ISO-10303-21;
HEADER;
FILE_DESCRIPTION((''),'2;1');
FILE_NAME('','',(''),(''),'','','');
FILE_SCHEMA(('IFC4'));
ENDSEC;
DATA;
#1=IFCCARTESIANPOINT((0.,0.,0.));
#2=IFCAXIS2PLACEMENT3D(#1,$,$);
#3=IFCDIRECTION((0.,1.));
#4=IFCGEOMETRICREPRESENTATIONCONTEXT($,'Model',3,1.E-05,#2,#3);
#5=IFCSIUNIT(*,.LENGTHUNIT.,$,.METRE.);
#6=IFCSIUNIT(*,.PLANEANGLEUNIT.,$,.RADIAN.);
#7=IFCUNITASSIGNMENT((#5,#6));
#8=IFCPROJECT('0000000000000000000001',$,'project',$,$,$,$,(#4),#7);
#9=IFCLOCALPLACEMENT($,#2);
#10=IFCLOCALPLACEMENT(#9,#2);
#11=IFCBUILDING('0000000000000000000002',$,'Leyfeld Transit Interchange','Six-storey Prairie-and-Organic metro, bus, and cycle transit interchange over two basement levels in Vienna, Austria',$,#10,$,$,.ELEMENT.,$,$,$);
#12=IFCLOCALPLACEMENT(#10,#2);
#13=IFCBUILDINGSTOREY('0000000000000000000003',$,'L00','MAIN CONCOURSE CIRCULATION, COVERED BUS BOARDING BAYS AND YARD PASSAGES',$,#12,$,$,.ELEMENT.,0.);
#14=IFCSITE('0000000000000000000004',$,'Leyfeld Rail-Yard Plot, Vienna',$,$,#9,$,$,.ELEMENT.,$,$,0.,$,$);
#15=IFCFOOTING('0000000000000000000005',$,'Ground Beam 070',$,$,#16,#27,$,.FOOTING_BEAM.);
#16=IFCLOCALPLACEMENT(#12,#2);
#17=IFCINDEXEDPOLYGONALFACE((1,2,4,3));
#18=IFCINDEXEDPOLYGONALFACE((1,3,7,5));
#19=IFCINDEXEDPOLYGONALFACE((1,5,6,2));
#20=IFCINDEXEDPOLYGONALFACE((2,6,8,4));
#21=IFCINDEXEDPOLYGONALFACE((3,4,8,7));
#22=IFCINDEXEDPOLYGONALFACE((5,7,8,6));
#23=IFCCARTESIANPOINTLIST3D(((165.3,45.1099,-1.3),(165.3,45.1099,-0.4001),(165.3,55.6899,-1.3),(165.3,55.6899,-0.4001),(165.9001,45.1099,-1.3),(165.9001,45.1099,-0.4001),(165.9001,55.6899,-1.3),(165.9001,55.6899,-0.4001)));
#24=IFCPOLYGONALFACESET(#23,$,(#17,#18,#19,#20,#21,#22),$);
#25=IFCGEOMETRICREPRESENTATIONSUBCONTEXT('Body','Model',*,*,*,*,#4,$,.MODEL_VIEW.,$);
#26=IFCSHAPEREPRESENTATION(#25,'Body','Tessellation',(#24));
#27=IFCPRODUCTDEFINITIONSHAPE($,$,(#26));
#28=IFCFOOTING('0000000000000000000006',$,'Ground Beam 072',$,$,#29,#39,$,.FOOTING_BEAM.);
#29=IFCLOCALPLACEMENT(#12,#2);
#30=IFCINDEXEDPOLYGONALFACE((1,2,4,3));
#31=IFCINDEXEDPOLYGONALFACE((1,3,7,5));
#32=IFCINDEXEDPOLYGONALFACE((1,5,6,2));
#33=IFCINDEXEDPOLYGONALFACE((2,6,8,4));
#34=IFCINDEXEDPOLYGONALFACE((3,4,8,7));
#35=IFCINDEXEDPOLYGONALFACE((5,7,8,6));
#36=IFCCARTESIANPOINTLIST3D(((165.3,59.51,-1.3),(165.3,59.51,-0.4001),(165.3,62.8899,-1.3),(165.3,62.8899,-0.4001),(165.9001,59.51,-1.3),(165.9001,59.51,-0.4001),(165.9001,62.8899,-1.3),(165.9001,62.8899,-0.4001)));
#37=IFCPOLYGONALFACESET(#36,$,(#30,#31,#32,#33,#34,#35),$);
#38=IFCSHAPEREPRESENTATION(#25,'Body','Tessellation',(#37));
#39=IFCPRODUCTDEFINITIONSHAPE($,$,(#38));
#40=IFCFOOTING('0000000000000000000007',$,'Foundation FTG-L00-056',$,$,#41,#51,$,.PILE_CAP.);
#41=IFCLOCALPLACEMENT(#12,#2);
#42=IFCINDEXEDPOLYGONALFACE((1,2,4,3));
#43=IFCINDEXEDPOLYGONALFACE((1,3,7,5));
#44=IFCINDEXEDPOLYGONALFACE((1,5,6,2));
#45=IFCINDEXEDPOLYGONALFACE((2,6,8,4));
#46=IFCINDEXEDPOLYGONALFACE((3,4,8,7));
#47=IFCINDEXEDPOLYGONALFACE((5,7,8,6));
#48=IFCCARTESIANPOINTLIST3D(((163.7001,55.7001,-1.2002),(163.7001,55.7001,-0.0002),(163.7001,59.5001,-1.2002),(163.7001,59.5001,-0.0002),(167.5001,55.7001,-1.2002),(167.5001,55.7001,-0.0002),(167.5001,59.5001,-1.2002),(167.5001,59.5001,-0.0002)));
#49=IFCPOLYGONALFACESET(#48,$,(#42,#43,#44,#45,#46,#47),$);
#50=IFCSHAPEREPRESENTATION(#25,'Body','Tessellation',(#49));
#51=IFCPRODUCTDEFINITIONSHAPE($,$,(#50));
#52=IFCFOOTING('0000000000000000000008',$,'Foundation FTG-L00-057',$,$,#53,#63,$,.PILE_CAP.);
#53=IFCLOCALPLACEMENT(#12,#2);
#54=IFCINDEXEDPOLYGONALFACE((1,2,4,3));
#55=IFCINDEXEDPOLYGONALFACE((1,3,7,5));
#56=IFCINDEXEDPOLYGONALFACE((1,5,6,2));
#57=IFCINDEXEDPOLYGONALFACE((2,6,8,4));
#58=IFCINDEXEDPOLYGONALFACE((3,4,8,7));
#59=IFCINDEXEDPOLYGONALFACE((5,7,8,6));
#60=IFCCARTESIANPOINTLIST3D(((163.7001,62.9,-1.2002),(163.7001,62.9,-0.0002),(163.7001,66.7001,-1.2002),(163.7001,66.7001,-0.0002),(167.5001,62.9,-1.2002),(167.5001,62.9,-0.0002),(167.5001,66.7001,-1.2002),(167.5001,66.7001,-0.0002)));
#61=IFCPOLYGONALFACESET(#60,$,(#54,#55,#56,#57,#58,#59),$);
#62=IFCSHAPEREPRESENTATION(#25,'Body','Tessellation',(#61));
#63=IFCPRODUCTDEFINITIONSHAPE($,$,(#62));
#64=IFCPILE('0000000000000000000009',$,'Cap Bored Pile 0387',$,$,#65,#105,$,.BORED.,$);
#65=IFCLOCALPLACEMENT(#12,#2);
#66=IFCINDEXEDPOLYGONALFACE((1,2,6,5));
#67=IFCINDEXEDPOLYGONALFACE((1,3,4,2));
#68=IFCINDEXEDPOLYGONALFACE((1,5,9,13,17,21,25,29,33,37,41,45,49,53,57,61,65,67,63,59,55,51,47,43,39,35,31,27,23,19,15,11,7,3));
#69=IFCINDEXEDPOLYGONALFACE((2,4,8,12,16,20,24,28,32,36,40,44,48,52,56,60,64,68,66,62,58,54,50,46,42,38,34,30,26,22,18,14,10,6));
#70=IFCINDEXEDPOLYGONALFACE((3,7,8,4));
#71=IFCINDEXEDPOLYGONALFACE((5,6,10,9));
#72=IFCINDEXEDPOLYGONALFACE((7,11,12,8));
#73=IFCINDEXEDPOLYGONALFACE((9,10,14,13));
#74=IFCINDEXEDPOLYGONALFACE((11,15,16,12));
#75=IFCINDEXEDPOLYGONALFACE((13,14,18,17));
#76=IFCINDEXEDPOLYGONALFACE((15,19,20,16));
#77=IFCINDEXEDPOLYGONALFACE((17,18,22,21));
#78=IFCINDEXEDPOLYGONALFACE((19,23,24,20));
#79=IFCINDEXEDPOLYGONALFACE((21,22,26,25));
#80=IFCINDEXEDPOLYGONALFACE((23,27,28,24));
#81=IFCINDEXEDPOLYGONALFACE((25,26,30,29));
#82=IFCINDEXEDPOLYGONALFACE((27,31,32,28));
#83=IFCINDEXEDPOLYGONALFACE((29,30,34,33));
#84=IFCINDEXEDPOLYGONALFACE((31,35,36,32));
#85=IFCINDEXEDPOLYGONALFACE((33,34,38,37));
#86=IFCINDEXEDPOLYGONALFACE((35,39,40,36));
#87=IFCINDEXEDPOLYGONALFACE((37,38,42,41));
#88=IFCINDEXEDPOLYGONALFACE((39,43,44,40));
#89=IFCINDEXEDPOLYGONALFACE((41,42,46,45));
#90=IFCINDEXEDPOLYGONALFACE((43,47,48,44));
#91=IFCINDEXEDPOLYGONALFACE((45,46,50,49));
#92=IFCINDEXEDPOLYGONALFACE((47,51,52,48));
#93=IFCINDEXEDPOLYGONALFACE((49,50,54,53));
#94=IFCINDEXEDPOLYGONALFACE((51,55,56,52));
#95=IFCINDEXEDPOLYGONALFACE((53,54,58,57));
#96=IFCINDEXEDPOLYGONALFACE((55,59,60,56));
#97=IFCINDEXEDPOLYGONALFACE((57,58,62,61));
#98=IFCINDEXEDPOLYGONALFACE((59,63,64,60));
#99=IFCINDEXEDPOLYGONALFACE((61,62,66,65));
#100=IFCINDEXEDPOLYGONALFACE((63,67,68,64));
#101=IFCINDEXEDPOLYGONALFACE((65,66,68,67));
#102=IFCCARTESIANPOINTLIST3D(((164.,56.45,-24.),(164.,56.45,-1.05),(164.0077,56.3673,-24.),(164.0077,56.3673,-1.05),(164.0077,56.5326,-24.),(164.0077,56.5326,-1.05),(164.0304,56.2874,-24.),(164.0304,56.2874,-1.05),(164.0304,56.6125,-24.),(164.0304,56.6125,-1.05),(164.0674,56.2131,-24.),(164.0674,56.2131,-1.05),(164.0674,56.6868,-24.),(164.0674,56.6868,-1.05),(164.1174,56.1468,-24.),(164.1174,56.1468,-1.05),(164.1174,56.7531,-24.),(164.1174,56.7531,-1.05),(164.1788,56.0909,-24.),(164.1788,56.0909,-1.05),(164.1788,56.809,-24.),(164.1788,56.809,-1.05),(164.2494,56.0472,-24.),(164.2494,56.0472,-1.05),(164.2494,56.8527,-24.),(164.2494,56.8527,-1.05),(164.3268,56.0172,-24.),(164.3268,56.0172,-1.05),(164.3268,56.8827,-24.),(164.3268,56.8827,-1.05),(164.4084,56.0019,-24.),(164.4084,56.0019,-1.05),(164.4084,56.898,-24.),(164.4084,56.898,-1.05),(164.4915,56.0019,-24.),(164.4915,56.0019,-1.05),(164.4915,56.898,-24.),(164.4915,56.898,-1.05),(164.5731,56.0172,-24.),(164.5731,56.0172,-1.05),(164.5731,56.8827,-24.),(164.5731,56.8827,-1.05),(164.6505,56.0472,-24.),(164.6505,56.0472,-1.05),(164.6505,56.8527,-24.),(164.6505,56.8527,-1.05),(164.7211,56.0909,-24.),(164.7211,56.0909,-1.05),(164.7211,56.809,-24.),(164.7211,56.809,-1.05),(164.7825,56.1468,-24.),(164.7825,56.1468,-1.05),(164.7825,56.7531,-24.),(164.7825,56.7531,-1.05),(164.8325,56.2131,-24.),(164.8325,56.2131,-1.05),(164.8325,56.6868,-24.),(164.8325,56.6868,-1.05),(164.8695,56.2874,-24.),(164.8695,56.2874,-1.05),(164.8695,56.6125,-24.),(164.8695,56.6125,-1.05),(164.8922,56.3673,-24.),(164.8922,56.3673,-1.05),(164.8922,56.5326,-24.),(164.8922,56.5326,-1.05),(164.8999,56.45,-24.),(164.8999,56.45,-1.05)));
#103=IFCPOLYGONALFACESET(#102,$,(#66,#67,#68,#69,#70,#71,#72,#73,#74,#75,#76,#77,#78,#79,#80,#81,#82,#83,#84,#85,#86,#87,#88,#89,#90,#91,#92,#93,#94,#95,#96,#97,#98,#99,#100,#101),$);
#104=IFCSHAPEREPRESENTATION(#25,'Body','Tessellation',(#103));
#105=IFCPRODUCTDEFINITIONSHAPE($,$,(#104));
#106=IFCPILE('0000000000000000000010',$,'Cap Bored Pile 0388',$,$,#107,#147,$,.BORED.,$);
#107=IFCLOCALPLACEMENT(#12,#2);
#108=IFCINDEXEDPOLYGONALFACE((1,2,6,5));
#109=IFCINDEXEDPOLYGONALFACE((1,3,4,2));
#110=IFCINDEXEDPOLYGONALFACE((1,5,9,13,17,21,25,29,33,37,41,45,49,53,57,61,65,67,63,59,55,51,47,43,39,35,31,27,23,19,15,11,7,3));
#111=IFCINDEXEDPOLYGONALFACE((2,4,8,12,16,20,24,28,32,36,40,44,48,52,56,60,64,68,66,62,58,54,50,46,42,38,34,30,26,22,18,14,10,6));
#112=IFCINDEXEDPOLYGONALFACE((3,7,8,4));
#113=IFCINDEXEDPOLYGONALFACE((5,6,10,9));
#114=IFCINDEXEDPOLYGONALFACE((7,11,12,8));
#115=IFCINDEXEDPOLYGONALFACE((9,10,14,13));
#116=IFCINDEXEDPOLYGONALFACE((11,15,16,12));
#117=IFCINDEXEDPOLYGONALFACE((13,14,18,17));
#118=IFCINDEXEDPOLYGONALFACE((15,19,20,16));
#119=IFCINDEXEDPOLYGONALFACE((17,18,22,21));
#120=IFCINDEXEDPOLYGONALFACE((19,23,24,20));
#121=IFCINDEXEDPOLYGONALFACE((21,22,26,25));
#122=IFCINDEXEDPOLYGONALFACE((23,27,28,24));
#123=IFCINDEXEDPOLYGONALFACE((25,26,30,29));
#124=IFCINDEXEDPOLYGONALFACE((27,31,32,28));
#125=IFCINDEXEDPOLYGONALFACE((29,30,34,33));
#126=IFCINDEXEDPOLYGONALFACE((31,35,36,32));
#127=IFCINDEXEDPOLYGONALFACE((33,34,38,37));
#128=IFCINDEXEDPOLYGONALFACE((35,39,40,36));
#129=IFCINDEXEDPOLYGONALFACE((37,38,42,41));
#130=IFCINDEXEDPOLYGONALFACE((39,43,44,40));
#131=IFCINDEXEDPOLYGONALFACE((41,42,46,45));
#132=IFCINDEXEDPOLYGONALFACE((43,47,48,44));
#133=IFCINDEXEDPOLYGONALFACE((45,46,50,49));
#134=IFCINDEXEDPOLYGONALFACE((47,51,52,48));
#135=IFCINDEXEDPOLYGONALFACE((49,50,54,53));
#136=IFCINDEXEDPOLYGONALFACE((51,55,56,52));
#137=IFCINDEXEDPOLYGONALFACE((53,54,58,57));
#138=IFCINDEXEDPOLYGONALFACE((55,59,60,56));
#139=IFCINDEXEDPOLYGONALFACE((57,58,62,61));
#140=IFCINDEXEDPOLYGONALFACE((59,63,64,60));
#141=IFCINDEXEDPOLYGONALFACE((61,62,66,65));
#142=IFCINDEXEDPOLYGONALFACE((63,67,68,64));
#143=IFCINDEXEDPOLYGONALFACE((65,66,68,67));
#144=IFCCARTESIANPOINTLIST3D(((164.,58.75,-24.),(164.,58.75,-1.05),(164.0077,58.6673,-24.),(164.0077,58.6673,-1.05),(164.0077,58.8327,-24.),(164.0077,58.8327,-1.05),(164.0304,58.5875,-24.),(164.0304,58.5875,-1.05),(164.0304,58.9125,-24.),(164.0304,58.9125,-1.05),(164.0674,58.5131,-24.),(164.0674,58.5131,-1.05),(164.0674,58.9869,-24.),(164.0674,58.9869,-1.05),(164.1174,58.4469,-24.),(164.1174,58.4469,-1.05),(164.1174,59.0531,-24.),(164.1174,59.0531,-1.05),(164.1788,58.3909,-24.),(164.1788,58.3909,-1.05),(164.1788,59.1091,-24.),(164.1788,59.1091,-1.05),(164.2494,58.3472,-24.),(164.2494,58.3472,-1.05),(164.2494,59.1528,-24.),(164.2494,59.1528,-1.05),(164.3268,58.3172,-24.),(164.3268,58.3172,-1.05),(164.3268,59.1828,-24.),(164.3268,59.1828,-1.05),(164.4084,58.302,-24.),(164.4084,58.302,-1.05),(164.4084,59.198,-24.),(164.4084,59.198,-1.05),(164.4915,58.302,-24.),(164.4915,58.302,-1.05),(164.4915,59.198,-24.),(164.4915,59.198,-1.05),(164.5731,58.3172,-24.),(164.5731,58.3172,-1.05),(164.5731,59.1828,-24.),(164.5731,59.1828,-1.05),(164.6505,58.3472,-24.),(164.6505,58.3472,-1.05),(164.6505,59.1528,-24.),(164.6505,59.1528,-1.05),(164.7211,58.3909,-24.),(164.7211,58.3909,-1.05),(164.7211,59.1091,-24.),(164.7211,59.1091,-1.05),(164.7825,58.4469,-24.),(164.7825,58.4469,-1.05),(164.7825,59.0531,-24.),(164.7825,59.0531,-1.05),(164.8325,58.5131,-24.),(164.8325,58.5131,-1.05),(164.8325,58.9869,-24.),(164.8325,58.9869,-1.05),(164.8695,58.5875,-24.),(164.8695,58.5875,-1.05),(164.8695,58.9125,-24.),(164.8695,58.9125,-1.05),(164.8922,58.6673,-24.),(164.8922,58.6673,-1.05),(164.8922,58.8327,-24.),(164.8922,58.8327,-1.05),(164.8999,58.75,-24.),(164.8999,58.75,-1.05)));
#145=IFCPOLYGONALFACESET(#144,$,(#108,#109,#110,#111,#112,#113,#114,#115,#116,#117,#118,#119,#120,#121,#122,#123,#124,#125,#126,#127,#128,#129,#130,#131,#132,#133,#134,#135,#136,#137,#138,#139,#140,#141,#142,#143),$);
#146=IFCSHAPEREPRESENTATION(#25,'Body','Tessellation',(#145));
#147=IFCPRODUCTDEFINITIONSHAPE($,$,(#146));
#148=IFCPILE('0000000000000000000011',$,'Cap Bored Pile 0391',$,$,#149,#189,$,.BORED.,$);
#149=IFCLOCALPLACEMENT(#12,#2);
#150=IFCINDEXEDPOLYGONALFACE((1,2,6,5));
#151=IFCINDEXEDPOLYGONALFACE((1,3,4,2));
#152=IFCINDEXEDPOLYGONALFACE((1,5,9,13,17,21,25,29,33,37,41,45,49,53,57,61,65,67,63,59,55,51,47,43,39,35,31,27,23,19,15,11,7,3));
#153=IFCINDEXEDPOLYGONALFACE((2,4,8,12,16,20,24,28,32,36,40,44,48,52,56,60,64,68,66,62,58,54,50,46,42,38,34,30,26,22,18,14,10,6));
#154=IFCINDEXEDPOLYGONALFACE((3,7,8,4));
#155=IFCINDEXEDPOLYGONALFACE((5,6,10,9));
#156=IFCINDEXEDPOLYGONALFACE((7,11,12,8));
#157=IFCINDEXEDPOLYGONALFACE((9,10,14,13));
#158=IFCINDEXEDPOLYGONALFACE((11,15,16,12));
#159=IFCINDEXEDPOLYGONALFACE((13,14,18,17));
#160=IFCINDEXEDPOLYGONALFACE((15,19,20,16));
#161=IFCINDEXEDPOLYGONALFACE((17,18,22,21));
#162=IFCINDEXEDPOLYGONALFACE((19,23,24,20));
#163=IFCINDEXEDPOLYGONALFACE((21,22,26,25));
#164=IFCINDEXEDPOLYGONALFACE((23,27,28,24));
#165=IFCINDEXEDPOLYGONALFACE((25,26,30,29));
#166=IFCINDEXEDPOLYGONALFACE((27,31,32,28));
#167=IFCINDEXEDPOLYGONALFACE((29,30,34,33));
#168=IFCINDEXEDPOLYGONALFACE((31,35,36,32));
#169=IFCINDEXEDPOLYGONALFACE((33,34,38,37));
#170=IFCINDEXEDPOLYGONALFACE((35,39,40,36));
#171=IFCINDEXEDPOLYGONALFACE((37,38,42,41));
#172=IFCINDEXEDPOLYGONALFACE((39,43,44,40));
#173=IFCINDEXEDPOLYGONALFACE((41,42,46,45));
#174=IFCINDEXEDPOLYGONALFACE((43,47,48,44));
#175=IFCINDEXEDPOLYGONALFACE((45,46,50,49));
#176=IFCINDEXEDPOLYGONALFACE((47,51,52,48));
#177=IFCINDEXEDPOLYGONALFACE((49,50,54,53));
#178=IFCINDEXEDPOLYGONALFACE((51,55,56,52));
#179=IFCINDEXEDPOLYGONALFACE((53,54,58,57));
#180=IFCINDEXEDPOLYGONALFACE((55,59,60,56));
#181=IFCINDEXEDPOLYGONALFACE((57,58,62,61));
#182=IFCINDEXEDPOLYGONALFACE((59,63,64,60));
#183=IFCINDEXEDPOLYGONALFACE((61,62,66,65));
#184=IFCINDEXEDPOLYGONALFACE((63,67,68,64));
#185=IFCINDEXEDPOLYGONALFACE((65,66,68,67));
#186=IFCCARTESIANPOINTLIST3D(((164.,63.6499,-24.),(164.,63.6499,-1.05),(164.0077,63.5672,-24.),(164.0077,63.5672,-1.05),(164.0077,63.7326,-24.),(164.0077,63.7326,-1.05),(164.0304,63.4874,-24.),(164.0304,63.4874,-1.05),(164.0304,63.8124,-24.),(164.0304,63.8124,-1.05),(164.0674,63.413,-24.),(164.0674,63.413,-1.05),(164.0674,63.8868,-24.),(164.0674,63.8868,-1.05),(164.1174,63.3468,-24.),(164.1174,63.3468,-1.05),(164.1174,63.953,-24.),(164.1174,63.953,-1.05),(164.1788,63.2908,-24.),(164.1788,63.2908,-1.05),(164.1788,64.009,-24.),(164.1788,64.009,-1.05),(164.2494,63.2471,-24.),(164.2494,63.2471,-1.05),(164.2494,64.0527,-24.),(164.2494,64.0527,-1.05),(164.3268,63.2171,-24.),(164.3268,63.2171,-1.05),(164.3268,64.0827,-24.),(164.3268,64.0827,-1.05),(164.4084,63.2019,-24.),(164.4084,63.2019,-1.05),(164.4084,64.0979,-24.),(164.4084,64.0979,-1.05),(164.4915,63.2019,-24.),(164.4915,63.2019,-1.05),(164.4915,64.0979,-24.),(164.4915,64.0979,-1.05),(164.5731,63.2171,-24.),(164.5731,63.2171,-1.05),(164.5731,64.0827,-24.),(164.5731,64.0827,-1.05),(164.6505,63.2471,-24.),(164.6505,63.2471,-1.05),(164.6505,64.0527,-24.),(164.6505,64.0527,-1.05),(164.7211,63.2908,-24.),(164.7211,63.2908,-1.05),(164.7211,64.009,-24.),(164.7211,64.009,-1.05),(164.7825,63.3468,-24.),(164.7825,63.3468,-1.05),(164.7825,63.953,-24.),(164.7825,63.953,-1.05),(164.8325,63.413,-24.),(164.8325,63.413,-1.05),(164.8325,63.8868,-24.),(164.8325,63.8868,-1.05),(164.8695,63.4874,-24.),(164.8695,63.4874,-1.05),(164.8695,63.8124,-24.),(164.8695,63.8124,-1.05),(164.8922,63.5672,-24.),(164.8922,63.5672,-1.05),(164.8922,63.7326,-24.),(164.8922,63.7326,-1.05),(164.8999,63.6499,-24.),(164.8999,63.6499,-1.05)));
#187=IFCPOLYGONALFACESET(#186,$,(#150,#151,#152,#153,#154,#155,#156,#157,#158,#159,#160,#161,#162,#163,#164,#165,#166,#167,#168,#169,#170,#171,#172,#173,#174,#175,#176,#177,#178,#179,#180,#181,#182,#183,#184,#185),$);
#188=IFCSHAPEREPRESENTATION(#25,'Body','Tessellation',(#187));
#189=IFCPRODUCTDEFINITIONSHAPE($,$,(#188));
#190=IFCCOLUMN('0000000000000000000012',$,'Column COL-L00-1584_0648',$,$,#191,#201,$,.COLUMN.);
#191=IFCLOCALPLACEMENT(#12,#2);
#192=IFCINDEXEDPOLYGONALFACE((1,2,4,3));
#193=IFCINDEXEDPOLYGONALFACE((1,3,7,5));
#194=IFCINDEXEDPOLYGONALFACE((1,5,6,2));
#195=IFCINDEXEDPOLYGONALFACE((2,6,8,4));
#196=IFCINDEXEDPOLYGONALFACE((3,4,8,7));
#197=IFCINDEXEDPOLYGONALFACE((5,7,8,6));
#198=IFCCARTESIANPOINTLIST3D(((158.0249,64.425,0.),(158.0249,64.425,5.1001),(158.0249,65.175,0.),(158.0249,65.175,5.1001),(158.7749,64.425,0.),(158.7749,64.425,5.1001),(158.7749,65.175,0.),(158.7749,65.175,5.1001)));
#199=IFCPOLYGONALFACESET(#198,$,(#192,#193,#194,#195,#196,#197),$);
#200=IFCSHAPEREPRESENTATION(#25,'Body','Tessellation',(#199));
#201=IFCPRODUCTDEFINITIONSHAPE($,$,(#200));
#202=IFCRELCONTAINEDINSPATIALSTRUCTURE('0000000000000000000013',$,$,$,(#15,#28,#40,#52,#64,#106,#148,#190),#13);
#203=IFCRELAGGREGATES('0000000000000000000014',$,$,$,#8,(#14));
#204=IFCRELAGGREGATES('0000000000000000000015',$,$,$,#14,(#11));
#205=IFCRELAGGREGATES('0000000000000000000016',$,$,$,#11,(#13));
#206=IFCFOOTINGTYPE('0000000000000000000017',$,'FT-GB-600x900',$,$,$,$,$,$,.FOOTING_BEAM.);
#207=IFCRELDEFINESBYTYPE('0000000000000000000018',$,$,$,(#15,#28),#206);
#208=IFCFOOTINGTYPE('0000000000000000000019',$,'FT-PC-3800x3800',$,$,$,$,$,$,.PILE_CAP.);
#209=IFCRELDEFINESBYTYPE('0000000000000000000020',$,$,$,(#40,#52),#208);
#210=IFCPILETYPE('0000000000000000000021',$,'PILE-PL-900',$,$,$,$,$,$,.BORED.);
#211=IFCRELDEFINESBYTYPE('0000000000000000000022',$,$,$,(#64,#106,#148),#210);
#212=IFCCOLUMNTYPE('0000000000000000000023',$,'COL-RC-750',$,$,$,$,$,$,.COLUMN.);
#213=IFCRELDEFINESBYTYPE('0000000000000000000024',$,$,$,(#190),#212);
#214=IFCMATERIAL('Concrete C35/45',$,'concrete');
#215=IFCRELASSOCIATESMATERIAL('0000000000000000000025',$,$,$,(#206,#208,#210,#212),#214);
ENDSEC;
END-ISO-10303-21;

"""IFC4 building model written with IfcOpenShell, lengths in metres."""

from ifc_helpers import new_model, si_unit, direction, frame, origin, origin_2d, place, context, subcontext, project, spatial, rectangle, circle, extrude, material, material_profile, profile_set, type_object, element, save


model = new_model("IFC4")

# Units and contexts
model_context = context("Model", 3, precision=1e-05, world=origin(), true_north=direction((0.0, 1.0)))
body_context = subcontext(model_context, "Body", "Model", "MODEL_VIEW")
ifc_project = project(units=[si_unit("LENGTHUNIT", "METRE"), si_unit("PLANEANGLEUNIT", "RADIAN")], contexts=[model_context])

# Site, building, storey
site_placement = place(None, origin())
site = spatial("IfcSite", under=ifc_project, at=site_placement, Name="Leyfeld Rail-Yard Plot, Vienna", CompositionType="ELEMENT", RefElevation=0.0)
building_placement = place(site_placement, origin())
building = spatial("IfcBuilding", under=site, at=building_placement, Name="Leyfeld Transit Interchange", Description="Six-storey Prairie-and-Organic metro, bus, and cycle transit interchange over two basement levels in Vienna, Austria", CompositionType="ELEMENT")
storey_placement = place(building_placement, origin())
storey = spatial("IfcBuildingStorey", under=building, at=storey_placement, Name="L00", Description="MAIN CONCOURSE CIRCULATION, COVERED BUS BOARDING BAYS AND YARD PASSAGES", CompositionType="ELEMENT", Elevation=0.0)

# Footings
ifc_material_1 = material(Name="Concrete C35/45", Category="concrete")
footing_type_1 = type_object("IfcFootingType", Name="FT-GB-600x900", PredefinedType="FOOTING_BEAM", material=ifc_material_1)
footing_1_placement = place(storey_placement, frame((165.6001, 50.3999, -1.3), z_axis=(0.0, 0.0, 1.0), x_axis=(1.0, 0.0, 0.0)))
element("IfcFooting", 1, at=footing_1_placement, inside=storey, type_object=footing_type_1, Name="Ground Beam 070", PredefinedType="FOOTING_BEAM", context=body_context, shape_type="SweptSolid", body=[
    extrude(rectangle(XDim=0.6001, YDim=10.5801, at=origin_2d()), origin(), (0.0, 0.0, 1.0), 0.8999),
])
footing_2_placement = place(storey_placement, frame((165.6001, 61.2, -1.3), z_axis=(0.0, 0.0, 1.0), x_axis=(1.0, 0.0, 0.0)))
element("IfcFooting", 2, at=footing_2_placement, inside=storey, type_object=footing_type_1, Name="Ground Beam 072", PredefinedType="FOOTING_BEAM", context=body_context, shape_type="SweptSolid", body=[
    extrude(rectangle(XDim=0.6001, YDim=3.3799, at=origin_2d()), origin(), (0.0, 0.0, 1.0), 0.8999),
])
footing_type_2 = type_object("IfcFootingType", Name="FT-PC-3800x3800", PredefinedType="PILE_CAP", material=ifc_material_1)
for number, where, z_axis, x_axis, name in (
    (3, (165.6001, 57.6001, -1.2002), (0.0, 0.0, 1.0), (1.0, 0.0, 0.0), "Foundation FTG-L00-056"),
    (4, (165.6001, 64.8, -1.2002), (0.0, 0.0, 1.0), (1.0, 0.0, 0.0), "Foundation FTG-L00-057"),
):
    element("IfcFooting", number, at=place(storey_placement, frame(where, z_axis=z_axis, x_axis=x_axis)), inside=storey, type_object=footing_type_2, Name=name, PredefinedType="PILE_CAP", context=body_context, shape_type="SweptSolid", body=[
        extrude(rectangle(XDim=3.8, YDim=3.8, at=origin_2d()), origin(), (0.0, 0.0, 1.0), 1.2),
    ])

# Piles
ifc_material_profile_1 = material_profile(ifc_material_1, circle(Radius=0.45, at=origin_2d()), Name="PILE D900")
ifc_profile_set_1 = profile_set([ifc_material_profile_1], Name="Concrete C35/45")
pile_type = type_object("IfcPileType", Name="PILE-PL-900", PredefinedType="BORED", material=ifc_profile_set_1)
for number, where, z_axis, x_axis, name in (
    (5, (164.45, 56.45, -1.05), (0.0, 0.0, -1.0), (1.0, 0.0, 0.0), "Cap Bored Pile 0387"),
    (6, (164.45, 58.75, -1.05), (0.0, 0.0, -1.0), (1.0, 0.0, 0.0), "Cap Bored Pile 0388"),
    (7, (164.45, 63.6499, -1.05), (0.0, 0.0, -1.0), (1.0, 0.0, 0.0), "Cap Bored Pile 0391"),
):
    element("IfcPile", number, at=place(storey_placement, frame(where, z_axis=z_axis, x_axis=x_axis)), inside=storey, type_object=pile_type, Name=name, PredefinedType="BORED", context=body_context, shape_type="SweptSolid", body=[
        extrude(circle(Radius=0.45, at=origin_2d()), origin(), (0.0, 0.0, 1.0), 22.95),
    ])

# Column
ifc_material_profile_2 = material_profile(ifc_material_1, rectangle(XDim=0.75, YDim=0.75, at=origin_2d()), Name="RC 750x750")
ifc_profile_set_2 = profile_set([ifc_material_profile_2], Name="Concrete C35/45")
column_type_1 = type_object("IfcColumnType", Name="COL-RC-750", PredefinedType="COLUMN", material=ifc_profile_set_2)
for number, where, z_axis, x_axis, name in (
    (8, (158.3999, 64.8, 0.0), (0.0, 0.0, 1.0), (1.0, 0.0, 0.0), "Column COL-L00-1584_0648"),
):
    element("IfcColumn", number, at=place(storey_placement, frame(where, z_axis=z_axis, x_axis=x_axis)), inside=storey, type_object=column_type_1, Name=name, PredefinedType="COLUMN", context=body_context, shape_type="SweptSolid", body=[
        extrude(rectangle(XDim=0.75, YDim=0.75, at=origin_2d()), origin(), (0.0, 0.0, 1.0), 5.1001),
    ])

save(model, "model.ifc")
